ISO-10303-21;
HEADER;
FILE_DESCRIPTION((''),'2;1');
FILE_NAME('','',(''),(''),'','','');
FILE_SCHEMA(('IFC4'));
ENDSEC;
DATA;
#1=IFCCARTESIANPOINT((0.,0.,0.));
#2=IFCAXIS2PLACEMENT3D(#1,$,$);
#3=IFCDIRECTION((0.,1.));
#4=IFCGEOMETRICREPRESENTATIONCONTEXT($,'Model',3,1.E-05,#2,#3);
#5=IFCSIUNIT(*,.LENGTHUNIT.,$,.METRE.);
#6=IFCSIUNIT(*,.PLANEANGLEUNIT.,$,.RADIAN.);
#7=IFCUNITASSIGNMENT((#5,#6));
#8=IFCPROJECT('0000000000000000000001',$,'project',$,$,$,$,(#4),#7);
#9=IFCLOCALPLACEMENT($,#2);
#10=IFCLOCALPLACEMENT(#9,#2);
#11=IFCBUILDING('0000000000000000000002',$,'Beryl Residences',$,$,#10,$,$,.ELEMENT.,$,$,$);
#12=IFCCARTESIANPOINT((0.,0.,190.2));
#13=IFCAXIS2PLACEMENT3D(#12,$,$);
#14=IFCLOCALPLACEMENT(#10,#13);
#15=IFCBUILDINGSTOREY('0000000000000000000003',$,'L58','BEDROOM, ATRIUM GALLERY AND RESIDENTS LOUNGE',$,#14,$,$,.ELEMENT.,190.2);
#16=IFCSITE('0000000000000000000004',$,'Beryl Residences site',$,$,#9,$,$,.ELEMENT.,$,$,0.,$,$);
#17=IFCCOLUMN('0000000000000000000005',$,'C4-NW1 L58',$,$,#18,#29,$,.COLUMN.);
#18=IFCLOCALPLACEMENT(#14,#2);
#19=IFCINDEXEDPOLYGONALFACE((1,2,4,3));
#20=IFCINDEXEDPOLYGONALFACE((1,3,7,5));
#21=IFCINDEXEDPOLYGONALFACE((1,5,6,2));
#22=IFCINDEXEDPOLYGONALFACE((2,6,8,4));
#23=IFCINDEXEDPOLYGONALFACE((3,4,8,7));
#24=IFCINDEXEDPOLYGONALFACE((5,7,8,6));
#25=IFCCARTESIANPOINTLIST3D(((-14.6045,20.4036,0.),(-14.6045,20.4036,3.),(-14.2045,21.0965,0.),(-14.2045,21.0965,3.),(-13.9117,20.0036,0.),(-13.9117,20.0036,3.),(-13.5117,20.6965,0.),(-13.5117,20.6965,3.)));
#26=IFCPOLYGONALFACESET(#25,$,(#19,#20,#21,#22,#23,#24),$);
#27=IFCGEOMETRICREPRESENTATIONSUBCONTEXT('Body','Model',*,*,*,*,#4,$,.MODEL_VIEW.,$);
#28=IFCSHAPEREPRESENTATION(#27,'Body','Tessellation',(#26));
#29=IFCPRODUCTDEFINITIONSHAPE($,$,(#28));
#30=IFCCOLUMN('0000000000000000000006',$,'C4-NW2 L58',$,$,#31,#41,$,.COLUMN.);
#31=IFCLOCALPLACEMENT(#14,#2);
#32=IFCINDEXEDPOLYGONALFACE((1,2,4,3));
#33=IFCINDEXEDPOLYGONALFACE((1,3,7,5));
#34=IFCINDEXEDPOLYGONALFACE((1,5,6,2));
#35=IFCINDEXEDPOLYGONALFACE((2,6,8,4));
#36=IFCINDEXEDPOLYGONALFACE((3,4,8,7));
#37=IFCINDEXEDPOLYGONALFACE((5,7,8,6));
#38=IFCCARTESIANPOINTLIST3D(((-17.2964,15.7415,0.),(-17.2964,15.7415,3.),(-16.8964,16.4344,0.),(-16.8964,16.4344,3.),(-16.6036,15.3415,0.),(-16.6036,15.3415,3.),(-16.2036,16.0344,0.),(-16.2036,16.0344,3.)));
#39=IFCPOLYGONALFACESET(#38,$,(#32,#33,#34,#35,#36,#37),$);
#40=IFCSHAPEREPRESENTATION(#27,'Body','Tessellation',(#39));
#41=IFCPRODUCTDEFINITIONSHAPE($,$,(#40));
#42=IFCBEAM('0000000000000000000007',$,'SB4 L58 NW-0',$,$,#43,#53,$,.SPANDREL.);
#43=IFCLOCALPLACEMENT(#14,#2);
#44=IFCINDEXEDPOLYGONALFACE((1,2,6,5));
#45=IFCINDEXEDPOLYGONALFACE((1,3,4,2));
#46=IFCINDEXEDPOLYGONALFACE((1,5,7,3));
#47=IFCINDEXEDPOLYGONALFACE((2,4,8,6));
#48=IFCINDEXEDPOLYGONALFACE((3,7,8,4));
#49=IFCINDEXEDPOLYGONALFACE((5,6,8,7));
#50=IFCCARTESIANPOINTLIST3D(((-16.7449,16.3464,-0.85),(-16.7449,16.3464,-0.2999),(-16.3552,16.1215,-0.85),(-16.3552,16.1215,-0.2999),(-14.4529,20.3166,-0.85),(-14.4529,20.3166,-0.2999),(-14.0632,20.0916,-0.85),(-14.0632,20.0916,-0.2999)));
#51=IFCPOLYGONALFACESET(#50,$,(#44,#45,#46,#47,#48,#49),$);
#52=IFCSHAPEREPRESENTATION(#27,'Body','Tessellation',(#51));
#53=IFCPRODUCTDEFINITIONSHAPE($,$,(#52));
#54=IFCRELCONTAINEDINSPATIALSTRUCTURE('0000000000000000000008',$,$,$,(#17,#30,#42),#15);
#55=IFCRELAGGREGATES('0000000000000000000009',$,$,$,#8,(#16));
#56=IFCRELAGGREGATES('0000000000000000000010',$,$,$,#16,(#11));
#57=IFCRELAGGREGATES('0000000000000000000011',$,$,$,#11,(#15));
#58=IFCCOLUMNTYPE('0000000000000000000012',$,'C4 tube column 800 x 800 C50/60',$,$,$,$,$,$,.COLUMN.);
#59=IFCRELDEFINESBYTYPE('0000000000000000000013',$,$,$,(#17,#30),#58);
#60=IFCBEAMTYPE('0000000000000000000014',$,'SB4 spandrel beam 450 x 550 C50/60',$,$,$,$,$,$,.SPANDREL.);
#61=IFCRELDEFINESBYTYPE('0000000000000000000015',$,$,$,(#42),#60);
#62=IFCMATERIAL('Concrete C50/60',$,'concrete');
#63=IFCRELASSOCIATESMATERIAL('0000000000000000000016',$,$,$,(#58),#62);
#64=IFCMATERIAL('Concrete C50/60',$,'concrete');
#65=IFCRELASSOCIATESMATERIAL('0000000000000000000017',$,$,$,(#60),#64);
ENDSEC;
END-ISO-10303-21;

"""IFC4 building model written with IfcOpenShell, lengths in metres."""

from ifc_helpers import new_model, si_unit, direction, frame, origin, origin_2d, place, context, subcontext, project, spatial, rectangle, extrude, material, material_profile, profile_set, type_object, element, save


model = new_model("IFC4")

# Units and contexts
model_context = context("Model", 3, precision=1e-05, world=origin(), true_north=direction((0.0, 1.0)))
body_context = subcontext(model_context, "Body", "Model", "MODEL_VIEW")
ifc_project = project(units=[si_unit("LENGTHUNIT", "METRE"), si_unit("PLANEANGLEUNIT", "RADIAN")], contexts=[model_context])

# Site, building, storey
site_placement = place(None, origin())
site = spatial("IfcSite", under=ifc_project, at=site_placement, Name="Beryl Residences site", CompositionType="ELEMENT", RefElevation=0.0)
building_placement = place(site_placement, origin())
building = spatial("IfcBuilding", under=site, at=building_placement, Name="Beryl Residences", CompositionType="ELEMENT")
storey_placement = place(building_placement, frame((0.0, 0.0, 190.2)))
storey = spatial("IfcBuildingStorey", under=building, at=storey_placement, Name="L58", Description="BEDROOM, ATRIUM GALLERY AND RESIDENTS LOUNGE", CompositionType="ELEMENT", Elevation=190.2)

# Columns
ifc_material_1 = material(Name="Concrete C50/60", Category="concrete")
ifc_material_profile_1 = material_profile(ifc_material_1, rectangle(XDim=0.8, YDim=0.8, at=origin_2d()))
ifc_profile_set_1 = profile_set([ifc_material_profile_1], Name="Concrete C50/60")
column_type = type_object("IfcColumnType", Name="C4 tube column 800 x 800 C50/60", PredefinedType="COLUMN", material=ifc_profile_set_1)
for number, where, z_axis, x_axis, name in (
    (1, (-14.0581, 20.55, 0.0), (0.0, 0.0, 1.0), (-0.5, -0.866025, 0.0), "C4-NW1 L58"),
    (2, (-16.75, 15.8879, 0.0), (0.0, 0.0, 1.0), (-0.5, -0.866025, 0.0), "C4-NW2 L58"),
):
    element("IfcColumn", number, at=place(storey_placement, frame(where, z_axis=z_axis, x_axis=x_axis)), inside=storey, type_object=column_type, Name=name, PredefinedType="COLUMN", context=body_context, shape_type="SweptSolid", body=[
        extrude(rectangle(XDim=0.8, YDim=0.8, at=origin_2d()), origin(), (0.0, 0.0, 1.0), 3.0),
    ])

# Beam
ifc_material_2 = material(Name="Concrete C50/60", Category="concrete")
ifc_material_profile_2 = material_profile(ifc_material_2, rectangle(XDim=0.45, YDim=0.55, at=origin_2d()))
ifc_profile_set_2 = profile_set([ifc_material_profile_2], Name="Concrete C50/60")
beam_type = type_object("IfcBeamType", Name="SB4 spandrel beam 450 x 550 C50/60", PredefinedType="SPANDREL", material=ifc_profile_set_2)
beam_placement = place(storey_placement, frame((-14.2581, 20.2041, -0.575), z_axis=(-0.499965, -0.866045, 0.0), x_axis=(0.866045, -0.499965, 0.0)))
element("IfcBeam", 3, at=beam_placement, inside=storey, type_object=beam_type, Name="SB4 L58 NW-0", PredefinedType="SPANDREL", context=body_context, shape_type="SweptSolid", body=[
    extrude(rectangle(XDim=0.45, YDim=0.55, at=origin_2d()), origin(), (0.0, 0.0, 1.0), 4.5842),
])

save(model, "model.ifc")
